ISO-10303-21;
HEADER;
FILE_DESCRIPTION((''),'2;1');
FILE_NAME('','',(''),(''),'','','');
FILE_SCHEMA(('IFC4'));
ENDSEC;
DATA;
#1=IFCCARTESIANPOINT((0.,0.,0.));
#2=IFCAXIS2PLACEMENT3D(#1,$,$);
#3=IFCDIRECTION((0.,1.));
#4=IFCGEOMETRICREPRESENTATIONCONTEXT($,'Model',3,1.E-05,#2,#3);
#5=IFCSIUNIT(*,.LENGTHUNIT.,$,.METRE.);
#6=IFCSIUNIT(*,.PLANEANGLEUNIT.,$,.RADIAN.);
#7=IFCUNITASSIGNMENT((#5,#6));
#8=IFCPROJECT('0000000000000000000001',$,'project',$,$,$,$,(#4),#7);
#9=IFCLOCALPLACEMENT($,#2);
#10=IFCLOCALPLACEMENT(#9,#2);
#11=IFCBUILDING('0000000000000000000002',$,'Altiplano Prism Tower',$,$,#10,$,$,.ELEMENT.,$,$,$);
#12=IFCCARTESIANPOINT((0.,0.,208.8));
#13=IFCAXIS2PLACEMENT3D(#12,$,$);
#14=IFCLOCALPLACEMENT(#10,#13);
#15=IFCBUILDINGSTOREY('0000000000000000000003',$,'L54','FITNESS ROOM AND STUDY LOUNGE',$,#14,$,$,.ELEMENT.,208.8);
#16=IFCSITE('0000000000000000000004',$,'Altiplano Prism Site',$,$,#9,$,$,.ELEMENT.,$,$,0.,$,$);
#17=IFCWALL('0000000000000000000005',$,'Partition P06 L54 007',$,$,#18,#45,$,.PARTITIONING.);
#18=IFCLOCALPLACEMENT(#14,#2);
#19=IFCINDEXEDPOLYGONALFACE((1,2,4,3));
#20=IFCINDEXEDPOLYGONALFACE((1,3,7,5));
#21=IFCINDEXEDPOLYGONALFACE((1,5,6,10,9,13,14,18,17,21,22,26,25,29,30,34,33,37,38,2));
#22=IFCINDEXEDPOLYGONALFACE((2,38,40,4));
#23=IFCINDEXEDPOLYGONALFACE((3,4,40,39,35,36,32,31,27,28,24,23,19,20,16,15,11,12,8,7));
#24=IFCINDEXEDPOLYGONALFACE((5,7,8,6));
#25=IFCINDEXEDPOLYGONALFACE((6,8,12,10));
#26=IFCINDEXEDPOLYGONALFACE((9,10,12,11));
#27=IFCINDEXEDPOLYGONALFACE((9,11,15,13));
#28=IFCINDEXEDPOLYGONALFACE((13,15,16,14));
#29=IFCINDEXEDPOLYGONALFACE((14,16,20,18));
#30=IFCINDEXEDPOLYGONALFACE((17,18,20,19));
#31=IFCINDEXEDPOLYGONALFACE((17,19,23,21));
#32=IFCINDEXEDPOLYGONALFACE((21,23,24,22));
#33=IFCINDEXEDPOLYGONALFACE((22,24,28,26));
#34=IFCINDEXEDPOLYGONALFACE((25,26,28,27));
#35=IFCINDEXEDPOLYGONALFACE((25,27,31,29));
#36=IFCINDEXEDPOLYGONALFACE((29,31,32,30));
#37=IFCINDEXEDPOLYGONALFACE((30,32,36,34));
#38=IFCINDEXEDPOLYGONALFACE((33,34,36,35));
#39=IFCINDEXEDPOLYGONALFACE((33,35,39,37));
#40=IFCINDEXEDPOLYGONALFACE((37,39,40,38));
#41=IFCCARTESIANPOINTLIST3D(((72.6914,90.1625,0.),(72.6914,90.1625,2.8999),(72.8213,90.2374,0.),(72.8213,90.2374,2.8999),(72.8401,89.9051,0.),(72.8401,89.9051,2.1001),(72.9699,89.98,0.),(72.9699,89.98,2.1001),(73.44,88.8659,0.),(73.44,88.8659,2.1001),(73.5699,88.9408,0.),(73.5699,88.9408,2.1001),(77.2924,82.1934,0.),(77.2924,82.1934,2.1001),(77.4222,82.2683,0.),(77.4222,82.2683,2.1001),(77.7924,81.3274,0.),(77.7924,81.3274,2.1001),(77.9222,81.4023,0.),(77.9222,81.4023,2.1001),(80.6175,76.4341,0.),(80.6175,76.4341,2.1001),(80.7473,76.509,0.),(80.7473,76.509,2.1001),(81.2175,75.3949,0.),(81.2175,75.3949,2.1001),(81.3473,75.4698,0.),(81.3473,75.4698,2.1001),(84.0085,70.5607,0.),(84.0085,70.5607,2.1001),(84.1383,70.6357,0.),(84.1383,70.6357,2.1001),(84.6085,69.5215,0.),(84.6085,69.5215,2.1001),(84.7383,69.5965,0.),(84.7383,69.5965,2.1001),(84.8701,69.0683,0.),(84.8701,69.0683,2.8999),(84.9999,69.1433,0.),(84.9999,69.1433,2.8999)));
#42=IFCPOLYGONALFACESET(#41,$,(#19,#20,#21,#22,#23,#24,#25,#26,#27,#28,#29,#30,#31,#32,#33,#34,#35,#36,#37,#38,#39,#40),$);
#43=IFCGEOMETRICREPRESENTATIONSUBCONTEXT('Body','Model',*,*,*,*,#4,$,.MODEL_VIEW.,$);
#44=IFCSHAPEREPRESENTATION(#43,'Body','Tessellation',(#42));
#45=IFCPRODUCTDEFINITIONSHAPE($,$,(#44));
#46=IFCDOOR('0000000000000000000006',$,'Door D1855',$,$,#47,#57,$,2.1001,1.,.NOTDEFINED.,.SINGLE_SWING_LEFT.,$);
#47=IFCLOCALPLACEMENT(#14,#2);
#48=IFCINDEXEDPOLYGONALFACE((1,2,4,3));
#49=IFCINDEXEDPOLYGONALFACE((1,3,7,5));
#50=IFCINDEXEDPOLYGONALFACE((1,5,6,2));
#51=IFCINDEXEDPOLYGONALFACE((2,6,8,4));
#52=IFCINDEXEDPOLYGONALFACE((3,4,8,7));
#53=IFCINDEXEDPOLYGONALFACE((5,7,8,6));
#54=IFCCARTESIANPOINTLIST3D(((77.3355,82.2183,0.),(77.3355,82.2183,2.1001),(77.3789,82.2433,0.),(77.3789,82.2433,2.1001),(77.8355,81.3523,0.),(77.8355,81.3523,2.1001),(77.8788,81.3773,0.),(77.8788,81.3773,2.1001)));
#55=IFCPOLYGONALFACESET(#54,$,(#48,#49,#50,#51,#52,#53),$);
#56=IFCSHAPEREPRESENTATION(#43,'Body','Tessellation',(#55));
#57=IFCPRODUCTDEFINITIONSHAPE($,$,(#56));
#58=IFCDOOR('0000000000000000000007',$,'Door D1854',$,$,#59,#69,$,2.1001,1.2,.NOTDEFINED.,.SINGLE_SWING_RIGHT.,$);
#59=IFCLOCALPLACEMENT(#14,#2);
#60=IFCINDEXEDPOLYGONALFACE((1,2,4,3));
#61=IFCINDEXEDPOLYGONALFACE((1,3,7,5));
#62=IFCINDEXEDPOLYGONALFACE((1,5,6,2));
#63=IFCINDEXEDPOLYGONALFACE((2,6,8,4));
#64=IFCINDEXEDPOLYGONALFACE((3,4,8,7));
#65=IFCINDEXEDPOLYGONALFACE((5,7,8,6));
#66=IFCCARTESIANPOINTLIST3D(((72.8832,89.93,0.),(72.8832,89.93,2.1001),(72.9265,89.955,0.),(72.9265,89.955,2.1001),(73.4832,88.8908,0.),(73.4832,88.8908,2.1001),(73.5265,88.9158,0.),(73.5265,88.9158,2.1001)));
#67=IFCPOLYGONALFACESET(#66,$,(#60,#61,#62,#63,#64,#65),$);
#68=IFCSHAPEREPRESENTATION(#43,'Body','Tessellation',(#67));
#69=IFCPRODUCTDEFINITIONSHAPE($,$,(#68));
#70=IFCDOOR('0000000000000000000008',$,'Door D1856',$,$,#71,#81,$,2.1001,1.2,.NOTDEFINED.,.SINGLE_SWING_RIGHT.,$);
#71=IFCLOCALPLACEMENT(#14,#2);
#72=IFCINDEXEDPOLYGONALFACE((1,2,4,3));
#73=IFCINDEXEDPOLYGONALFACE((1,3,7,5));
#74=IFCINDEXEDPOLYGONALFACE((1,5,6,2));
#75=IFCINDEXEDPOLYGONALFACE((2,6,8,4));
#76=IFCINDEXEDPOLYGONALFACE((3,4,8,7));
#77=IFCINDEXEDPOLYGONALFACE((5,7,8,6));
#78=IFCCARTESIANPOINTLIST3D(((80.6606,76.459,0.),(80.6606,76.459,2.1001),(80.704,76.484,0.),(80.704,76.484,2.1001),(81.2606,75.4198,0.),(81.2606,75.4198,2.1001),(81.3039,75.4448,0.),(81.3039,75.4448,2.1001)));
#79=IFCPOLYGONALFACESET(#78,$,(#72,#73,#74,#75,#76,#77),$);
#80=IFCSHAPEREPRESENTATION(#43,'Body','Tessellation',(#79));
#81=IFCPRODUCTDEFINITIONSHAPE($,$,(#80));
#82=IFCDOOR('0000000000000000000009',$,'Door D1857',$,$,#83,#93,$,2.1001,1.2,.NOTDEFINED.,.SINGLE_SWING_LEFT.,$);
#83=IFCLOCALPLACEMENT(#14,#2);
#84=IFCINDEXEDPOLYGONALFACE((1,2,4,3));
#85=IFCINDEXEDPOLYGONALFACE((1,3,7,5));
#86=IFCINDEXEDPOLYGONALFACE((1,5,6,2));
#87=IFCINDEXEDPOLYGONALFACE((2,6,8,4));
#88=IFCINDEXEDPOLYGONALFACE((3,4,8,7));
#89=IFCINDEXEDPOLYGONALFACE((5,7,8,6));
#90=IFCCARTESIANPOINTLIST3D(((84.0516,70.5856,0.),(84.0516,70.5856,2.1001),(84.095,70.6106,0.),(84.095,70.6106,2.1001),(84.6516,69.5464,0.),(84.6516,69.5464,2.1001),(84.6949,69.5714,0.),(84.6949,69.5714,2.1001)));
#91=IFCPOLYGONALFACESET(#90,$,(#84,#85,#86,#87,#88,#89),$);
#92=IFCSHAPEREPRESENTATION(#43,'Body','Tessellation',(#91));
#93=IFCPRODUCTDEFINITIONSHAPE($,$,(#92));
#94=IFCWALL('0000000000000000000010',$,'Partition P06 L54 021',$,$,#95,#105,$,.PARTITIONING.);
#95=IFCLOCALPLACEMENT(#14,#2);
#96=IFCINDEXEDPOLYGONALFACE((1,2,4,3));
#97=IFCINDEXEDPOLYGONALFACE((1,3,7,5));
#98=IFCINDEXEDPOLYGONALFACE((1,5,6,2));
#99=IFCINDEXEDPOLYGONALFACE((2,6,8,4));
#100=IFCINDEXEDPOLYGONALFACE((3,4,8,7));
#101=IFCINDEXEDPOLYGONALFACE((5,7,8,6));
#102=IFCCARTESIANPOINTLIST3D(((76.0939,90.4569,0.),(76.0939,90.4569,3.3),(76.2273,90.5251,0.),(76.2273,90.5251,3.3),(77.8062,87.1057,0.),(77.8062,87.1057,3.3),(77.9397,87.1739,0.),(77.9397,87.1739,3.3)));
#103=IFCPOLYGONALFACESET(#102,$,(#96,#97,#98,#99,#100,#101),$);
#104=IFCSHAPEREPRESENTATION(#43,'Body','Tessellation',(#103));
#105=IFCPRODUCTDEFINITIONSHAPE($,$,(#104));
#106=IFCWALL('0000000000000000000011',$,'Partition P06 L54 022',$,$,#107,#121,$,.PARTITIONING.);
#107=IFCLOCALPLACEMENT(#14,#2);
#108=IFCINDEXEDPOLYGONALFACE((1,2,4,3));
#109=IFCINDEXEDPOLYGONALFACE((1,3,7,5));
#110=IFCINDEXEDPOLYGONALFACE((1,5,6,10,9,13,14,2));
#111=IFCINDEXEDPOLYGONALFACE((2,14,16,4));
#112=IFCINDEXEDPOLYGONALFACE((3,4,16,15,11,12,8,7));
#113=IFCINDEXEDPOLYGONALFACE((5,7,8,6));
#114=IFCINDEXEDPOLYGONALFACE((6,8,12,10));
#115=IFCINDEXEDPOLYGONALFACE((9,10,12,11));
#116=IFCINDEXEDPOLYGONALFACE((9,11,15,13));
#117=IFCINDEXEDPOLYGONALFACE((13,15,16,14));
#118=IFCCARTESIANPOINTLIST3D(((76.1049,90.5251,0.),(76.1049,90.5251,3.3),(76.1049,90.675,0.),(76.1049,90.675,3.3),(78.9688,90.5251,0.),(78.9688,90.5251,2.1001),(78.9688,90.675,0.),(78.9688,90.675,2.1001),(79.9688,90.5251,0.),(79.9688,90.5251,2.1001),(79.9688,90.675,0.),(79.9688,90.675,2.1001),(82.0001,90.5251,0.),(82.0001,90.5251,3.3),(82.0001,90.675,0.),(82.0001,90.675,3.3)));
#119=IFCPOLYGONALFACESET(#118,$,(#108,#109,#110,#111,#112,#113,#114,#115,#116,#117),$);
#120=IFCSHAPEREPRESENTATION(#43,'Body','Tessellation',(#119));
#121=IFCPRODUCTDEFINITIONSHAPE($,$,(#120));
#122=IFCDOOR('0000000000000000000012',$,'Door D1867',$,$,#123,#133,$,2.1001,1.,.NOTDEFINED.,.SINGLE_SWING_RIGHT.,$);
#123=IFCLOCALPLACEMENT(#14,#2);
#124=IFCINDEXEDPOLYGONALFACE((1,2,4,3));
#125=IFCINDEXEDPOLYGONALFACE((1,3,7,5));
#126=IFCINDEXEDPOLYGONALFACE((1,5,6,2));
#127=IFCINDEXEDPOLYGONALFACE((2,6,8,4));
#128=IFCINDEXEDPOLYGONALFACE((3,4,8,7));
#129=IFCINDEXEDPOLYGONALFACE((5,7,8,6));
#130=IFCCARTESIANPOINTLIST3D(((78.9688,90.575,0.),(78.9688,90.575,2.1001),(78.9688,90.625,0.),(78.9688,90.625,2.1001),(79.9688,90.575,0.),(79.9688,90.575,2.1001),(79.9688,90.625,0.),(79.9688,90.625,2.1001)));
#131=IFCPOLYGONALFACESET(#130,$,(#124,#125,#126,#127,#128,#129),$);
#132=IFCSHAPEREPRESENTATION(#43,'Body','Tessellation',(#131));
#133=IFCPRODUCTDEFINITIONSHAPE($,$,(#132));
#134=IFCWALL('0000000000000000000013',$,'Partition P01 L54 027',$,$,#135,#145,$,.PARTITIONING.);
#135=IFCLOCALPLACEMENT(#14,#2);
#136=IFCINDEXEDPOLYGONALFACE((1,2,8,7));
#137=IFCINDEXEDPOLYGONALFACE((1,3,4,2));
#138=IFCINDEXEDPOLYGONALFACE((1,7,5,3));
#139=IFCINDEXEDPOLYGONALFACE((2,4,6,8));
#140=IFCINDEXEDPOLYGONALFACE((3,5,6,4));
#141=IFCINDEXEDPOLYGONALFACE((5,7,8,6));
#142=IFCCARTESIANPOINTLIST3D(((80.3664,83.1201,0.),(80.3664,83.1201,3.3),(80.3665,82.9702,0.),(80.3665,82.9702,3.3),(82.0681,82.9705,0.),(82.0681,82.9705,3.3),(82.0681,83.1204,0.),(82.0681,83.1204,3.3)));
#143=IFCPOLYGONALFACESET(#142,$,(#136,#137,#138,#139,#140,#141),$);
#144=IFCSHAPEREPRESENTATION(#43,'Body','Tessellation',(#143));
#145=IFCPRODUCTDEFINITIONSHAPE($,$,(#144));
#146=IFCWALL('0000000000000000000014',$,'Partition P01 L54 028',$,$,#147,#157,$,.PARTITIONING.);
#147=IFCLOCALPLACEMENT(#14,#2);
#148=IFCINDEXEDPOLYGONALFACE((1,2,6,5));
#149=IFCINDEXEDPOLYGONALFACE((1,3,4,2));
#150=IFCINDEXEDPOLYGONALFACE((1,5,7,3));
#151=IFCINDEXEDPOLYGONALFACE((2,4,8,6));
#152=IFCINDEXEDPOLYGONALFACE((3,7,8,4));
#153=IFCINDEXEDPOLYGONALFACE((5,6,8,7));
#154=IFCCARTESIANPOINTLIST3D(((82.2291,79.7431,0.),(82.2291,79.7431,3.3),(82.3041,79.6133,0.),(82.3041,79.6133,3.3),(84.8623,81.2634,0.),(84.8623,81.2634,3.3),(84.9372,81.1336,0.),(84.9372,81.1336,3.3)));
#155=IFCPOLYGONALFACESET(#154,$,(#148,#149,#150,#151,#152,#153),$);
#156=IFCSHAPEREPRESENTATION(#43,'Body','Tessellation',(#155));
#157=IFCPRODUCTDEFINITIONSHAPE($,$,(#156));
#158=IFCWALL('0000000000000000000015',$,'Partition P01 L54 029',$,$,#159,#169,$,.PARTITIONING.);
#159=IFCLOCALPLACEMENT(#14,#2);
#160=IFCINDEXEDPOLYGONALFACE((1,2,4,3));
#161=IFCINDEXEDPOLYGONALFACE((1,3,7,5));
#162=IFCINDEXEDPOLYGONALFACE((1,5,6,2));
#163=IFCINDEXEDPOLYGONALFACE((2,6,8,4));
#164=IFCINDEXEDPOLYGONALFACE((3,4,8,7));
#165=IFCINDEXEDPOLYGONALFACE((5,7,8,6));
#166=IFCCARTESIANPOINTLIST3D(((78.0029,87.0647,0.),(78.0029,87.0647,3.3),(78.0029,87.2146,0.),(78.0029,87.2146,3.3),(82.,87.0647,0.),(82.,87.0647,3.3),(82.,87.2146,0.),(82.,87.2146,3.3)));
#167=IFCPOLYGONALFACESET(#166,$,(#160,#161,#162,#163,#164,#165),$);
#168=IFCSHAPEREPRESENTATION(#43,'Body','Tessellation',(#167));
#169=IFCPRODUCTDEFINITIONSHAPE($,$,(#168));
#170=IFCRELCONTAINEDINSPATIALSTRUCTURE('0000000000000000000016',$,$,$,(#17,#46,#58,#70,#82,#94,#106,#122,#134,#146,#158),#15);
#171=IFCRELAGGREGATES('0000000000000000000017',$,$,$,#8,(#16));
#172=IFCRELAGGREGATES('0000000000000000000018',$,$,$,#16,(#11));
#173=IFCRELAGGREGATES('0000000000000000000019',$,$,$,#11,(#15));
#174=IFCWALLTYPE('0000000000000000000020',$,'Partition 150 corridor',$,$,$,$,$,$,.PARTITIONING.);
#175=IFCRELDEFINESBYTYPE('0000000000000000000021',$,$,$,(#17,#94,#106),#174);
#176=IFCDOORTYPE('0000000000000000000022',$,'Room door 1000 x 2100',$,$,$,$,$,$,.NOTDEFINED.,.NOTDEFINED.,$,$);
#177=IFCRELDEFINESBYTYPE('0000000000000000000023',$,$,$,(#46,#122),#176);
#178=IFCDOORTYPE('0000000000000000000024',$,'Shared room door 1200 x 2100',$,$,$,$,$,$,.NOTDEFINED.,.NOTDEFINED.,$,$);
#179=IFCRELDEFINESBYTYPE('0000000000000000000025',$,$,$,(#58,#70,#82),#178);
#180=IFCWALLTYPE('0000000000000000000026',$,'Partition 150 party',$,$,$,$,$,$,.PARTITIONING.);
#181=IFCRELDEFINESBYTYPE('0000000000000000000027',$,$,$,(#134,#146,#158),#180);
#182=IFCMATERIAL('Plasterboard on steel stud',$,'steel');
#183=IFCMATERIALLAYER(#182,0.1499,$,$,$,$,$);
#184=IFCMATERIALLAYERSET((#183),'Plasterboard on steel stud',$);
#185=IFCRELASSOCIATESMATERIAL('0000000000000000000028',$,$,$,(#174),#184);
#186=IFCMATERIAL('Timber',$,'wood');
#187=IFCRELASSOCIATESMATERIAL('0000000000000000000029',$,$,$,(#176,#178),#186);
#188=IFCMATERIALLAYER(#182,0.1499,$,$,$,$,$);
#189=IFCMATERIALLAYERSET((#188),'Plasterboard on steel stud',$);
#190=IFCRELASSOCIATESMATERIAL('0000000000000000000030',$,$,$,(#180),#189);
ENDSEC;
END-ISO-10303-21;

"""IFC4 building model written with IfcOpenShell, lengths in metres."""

from ifc_helpers import new_model, si_unit, direction, frame, frame_2d, origin, place, context, subcontext, project, spatial, rectangle, extrude, material, layer, layer_set, type_object, element, fill, save


model = new_model("IFC4")

# Units and contexts
model_context = context("Model", 3, precision=1e-05, world=origin(), true_north=direction((0.0, 1.0)))
body_context = subcontext(model_context, "Body", "Model", "MODEL_VIEW")
ifc_project = project(units=[si_unit("LENGTHUNIT", "METRE"), si_unit("PLANEANGLEUNIT", "RADIAN")], contexts=[model_context])

# Site, building, storey
site_placement = place(None, origin())
site = spatial("IfcSite", under=ifc_project, at=site_placement, Name="Altiplano Prism Site", CompositionType="ELEMENT", RefElevation=0.0)
building_placement = place(site_placement, origin())
building = spatial("IfcBuilding", under=site, at=building_placement, Name="Altiplano Prism Tower", CompositionType="ELEMENT")
storey_placement = place(building_placement, frame((0.0, 0.0, 208.8)))
storey = spatial("IfcBuildingStorey", under=building, at=storey_placement, Name="L54", Description="FITNESS ROOM AND STUDY LOUNGE", CompositionType="ELEMENT", Elevation=208.8)

# Shared definitions
ifc_material_1 = material(Name="Plasterboard on steel stud", Category="steel")
ifc_layer_1 = layer(ifc_material_1, 0.1499)
ifc_layer_set_1 = layer_set([ifc_layer_1], Name="Plasterboard on steel stud")
wall_type_1 = type_object("IfcWallType", Name="Partition 150 corridor", PredefinedType="PARTITIONING", material=ifc_layer_set_1)

# Wall, openings, doors
wall_1_placement = place(storey_placement, frame((72.7563, 90.2, 0.0), z_axis=(0.0, 0.0, 1.0), x_axis=(0.499998, -0.866026, 0.0)))
wall_1 = element("IfcWall", 1, at=wall_1_placement, inside=storey, type_object=wall_type_1, Name="Partition P06 L54 007", PredefinedType="PARTITIONING", context=body_context, shape_type="SweptSolid", body=[
    extrude(rectangle(XDim=24.3574, YDim=0.1499, at=frame_2d((12.1787, 0.0))), origin(), (0.0, 0.0, 1.0), 2.8999),
])
opening_1_placement = place(wall_1_placement, frame((0.2971, 0.0, 0.0)))
opening_1 = element("IfcOpeningElement", 2, at=opening_1_placement, cuts=wall_1, PredefinedType="OPENING", context=body_context, shape_type="SweptSolid", body=[
    extrude(rectangle(XDim=1.2, YDim=2.1001, at=frame_2d((0.6001, 1.05))), frame((0.0, 0.0854, 0.0), z_axis=(0.0, -1.0, 0.0), x_axis=(1.0, 0.0, 0.0)), (0.0, 0.0, 1.0), 0.1709),
])
opening_2_placement = place(wall_1_placement, frame((9.2019, 0.0, 0.0)))
opening_2 = element("IfcOpeningElement", 3, at=opening_2_placement, cuts=wall_1, PredefinedType="OPENING", context=body_context, shape_type="SweptSolid", body=[
    extrude(rectangle(XDim=1.0, YDim=2.1001, at=frame_2d((0.5, 1.05))), frame((0.0, 0.0854, 0.0), z_axis=(0.0, -1.0, 0.0), x_axis=(1.0, 0.0, 0.0)), (0.0, 0.0, 1.0), 0.1709),
])
opening_3_placement = place(wall_1_placement, frame((15.8521, 0.0, 0.0)))
opening_3 = element("IfcOpeningElement", 4, at=opening_3_placement, cuts=wall_1, PredefinedType="OPENING", context=body_context, shape_type="SweptSolid", body=[
    extrude(rectangle(XDim=1.2, YDim=2.1001, at=frame_2d((0.6001, 1.05))), frame((0.0, 0.0854, 0.0), z_axis=(0.0, -1.0, 0.0), x_axis=(1.0, 0.0, 0.0)), (0.0, 0.0, 1.0), 0.1709),
])
opening_4_placement = place(wall_1_placement, frame((22.634, 0.0, 0.0)))
opening_4 = element("IfcOpeningElement", 5, at=opening_4_placement, cuts=wall_1, PredefinedType="OPENING", context=body_context, shape_type="SweptSolid", body=[
    extrude(rectangle(XDim=1.2, YDim=2.1001, at=frame_2d((0.6001, 1.05))), frame((0.0, 0.0854, 0.0), z_axis=(0.0, -1.0, 0.0), x_axis=(1.0, 0.0, 0.0)), (0.0, 0.0, 1.0), 0.1709),
])
ifc_material_2 = material(Name="Timber", Category="wood")
door_type_1 = type_object("IfcDoorType", Name="Room door 1000 x 2100", OperationType="NOTDEFINED", PredefinedType="NOTDEFINED", material=ifc_material_2)
door_1_placement = place(opening_2_placement, origin())
door_1 = element("IfcDoor", 6, at=door_1_placement, inside=storey, type_object=door_type_1, Name="Door D1855", OperationType="SINGLE_SWING_LEFT", OverallHeight=2.1001, OverallWidth=1.0, PredefinedType="NOTDEFINED", context=body_context, shape_type="SweptSolid", body=[
    extrude(rectangle(XDim=1.0, YDim=2.1001, at=frame_2d((0.5, 1.05))), frame((0.0, 0.0249, 0.0), z_axis=(0.0, -1.0, 0.0), x_axis=(1.0, 0.0, 0.0)), (0.0, 0.0, 1.0), 0.05),
])
fill(opening_2, door_1)
door_type_2 = type_object("IfcDoorType", Name="Shared room door 1200 x 2100", OperationType="NOTDEFINED", PredefinedType="NOTDEFINED", material=ifc_material_2)
door_2_placement = place(opening_1_placement, origin())
door_2 = element("IfcDoor", 7, at=door_2_placement, inside=storey, type_object=door_type_2, Name="Door D1854", OperationType="SINGLE_SWING_RIGHT", OverallHeight=2.1001, OverallWidth=1.2, PredefinedType="NOTDEFINED", context=body_context, shape_type="SweptSolid", body=[
    extrude(rectangle(XDim=1.2, YDim=2.1001, at=frame_2d((0.6001, 1.05))), frame((0.0, 0.0249, 0.0), z_axis=(0.0, -1.0, 0.0), x_axis=(1.0, 0.0, 0.0)), (0.0, 0.0, 1.0), 0.05),
])
fill(opening_1, door_2)
door_3_placement = place(opening_3_placement, origin())
door_3 = element("IfcDoor", 8, at=door_3_placement, inside=storey, type_object=door_type_2, Name="Door D1856", OperationType="SINGLE_SWING_RIGHT", OverallHeight=2.1001, OverallWidth=1.2, PredefinedType="NOTDEFINED", context=body_context, shape_type="SweptSolid", body=[
    extrude(rectangle(XDim=1.2, YDim=2.1001, at=frame_2d((0.6001, 1.05))), frame((0.0, 0.0249, 0.0), z_axis=(0.0, -1.0, 0.0), x_axis=(1.0, 0.0, 0.0)), (0.0, 0.0, 1.0), 0.05),
])
fill(opening_3, door_3)
door_4_placement = place(opening_4_placement, origin())
door_4 = element("IfcDoor", 9, at=door_4_placement, inside=storey, type_object=door_type_2, Name="Door D1857", OperationType="SINGLE_SWING_LEFT", OverallHeight=2.1001, OverallWidth=1.2, PredefinedType="NOTDEFINED", context=body_context, shape_type="SweptSolid", body=[
    extrude(rectangle(XDim=1.2, YDim=2.1001, at=frame_2d((0.6001, 1.05))), frame((0.0, 0.0249, 0.0), z_axis=(0.0, -1.0, 0.0), x_axis=(1.0, 0.0, 0.0)), (0.0, 0.0, 1.0), 0.05),
])
fill(opening_4, door_4)

# Wall
wall_2_placement = place(storey_placement, frame((77.873, 87.1396, 0.0), z_axis=(0.0, 0.0, 1.0), x_axis=(-0.455007, 0.890488, 0.0)))
element("IfcWall", 10, at=wall_2_placement, inside=storey, type_object=wall_type_1, Name="Partition P06 L54 021", PredefinedType="PARTITIONING", context=body_context, shape_type="SweptSolid", body=[
    extrude(rectangle(XDim=3.7634, YDim=0.1499, at=frame_2d((1.8818, 0.0))), origin(), (0.0, 0.0, 1.0), 3.3),
])

# Wall, opening, door
wall_3_placement = place(storey_placement, frame((76.1047, 90.6001, 0.0), z_axis=(0.0, 0.0, 1.0), x_axis=(1.0, 0.0, 0.0)))
wall_3 = element("IfcWall", 11, at=wall_3_placement, inside=storey, type_object=wall_type_1, Name="Partition P06 L54 022", PredefinedType="PARTITIONING", context=body_context, shape_type="SweptSolid", body=[
    extrude(rectangle(XDim=5.8953, YDim=0.1499, at=frame_2d((2.9478, 0.0))), origin(), (0.0, 0.0, 1.0), 3.3),
])
opening_5_placement = place(wall_3_placement, frame((2.864, 0.0, 0.0)))
opening_5 = element("IfcOpeningElement", 12, at=opening_5_placement, cuts=wall_3, PredefinedType="OPENING", context=body_context, shape_type="SweptSolid", body=[
    extrude(rectangle(XDim=1.0, YDim=2.1001, at=frame_2d((0.5, 1.05))), frame((0.0, 0.0854, 0.0), z_axis=(0.0, -1.0, 0.0), x_axis=(1.0, 0.0, 0.0)), (0.0, 0.0, 1.0), 0.1709),
])
door_5_placement = place(opening_5_placement, origin())
door_5 = element("IfcDoor", 13, at=door_5_placement, inside=storey, type_object=door_type_1, Name="Door D1867", OperationType="SINGLE_SWING_RIGHT", OverallHeight=2.1001, OverallWidth=1.0, PredefinedType="NOTDEFINED", context=body_context, shape_type="SweptSolid", body=[
    extrude(rectangle(XDim=1.0, YDim=2.1001, at=frame_2d((0.5, 1.05))), frame((0.0, 0.0249, 0.0), z_axis=(0.0, -1.0, 0.0), x_axis=(1.0, 0.0, 0.0)), (0.0, 0.0, 1.0), 0.05),
])
fill(opening_5, door_5)

# Walls
ifc_layer_2 = layer(ifc_material_1, 0.1499)
ifc_layer_set_2 = layer_set([ifc_layer_2], Name="Plasterboard on steel stud")
wall_type_2 = type_object("IfcWallType", Name="Partition 150 party", PredefinedType="PARTITIONING", material=ifc_layer_set_2)
wall_4_placement = place(storey_placement, frame((82.0681, 83.0454, 0.0), z_axis=(0.0, 0.0, 1.0), x_axis=(-1.0, -0.000143, 0.0)))
element("IfcWall", 14, at=wall_4_placement, inside=storey, type_object=wall_type_2, Name="Partition P01 L54 027", PredefinedType="PARTITIONING", context=body_context, shape_type="SweptSolid", body=[
    extrude(rectangle(XDim=1.7017, YDim=0.1499, at=frame_2d((0.8508, 0.0))), origin(), (0.0, 0.0, 1.0), 3.3),
])
wall_5_placement = place(storey_placement, frame((82.2666, 79.6782, 0.0), z_axis=(0.0, 0.0, 1.0), x_axis=(0.866016, 0.500017, 0.0)))
element("IfcWall", 15, at=wall_5_placement, inside=storey, type_object=wall_type_2, Name="Partition P01 L54 028", PredefinedType="PARTITIONING", context=body_context, shape_type="SweptSolid", body=[
    extrude(rectangle(XDim=3.0405, YDim=0.1499, at=frame_2d((1.5203, 0.0))), origin(), (0.0, 0.0, 1.0), 3.3),
])
wall_6_placement = place(storey_placement, frame((82.0, 87.1396, 0.0), z_axis=(0.0, 0.0, 1.0), x_axis=(-1.0, 0.0, 0.0)))
element("IfcWall", 16, at=wall_6_placement, inside=storey, type_object=wall_type_2, Name="Partition P01 L54 029", PredefinedType="PARTITIONING", context=body_context, shape_type="SweptSolid", body=[
    extrude(rectangle(XDim=3.9971, YDim=0.1499, at=frame_2d((1.9985, 0.0))), origin(), (0.0, 0.0, 1.0), 3.3),
])

save(model, "model.ifc")
